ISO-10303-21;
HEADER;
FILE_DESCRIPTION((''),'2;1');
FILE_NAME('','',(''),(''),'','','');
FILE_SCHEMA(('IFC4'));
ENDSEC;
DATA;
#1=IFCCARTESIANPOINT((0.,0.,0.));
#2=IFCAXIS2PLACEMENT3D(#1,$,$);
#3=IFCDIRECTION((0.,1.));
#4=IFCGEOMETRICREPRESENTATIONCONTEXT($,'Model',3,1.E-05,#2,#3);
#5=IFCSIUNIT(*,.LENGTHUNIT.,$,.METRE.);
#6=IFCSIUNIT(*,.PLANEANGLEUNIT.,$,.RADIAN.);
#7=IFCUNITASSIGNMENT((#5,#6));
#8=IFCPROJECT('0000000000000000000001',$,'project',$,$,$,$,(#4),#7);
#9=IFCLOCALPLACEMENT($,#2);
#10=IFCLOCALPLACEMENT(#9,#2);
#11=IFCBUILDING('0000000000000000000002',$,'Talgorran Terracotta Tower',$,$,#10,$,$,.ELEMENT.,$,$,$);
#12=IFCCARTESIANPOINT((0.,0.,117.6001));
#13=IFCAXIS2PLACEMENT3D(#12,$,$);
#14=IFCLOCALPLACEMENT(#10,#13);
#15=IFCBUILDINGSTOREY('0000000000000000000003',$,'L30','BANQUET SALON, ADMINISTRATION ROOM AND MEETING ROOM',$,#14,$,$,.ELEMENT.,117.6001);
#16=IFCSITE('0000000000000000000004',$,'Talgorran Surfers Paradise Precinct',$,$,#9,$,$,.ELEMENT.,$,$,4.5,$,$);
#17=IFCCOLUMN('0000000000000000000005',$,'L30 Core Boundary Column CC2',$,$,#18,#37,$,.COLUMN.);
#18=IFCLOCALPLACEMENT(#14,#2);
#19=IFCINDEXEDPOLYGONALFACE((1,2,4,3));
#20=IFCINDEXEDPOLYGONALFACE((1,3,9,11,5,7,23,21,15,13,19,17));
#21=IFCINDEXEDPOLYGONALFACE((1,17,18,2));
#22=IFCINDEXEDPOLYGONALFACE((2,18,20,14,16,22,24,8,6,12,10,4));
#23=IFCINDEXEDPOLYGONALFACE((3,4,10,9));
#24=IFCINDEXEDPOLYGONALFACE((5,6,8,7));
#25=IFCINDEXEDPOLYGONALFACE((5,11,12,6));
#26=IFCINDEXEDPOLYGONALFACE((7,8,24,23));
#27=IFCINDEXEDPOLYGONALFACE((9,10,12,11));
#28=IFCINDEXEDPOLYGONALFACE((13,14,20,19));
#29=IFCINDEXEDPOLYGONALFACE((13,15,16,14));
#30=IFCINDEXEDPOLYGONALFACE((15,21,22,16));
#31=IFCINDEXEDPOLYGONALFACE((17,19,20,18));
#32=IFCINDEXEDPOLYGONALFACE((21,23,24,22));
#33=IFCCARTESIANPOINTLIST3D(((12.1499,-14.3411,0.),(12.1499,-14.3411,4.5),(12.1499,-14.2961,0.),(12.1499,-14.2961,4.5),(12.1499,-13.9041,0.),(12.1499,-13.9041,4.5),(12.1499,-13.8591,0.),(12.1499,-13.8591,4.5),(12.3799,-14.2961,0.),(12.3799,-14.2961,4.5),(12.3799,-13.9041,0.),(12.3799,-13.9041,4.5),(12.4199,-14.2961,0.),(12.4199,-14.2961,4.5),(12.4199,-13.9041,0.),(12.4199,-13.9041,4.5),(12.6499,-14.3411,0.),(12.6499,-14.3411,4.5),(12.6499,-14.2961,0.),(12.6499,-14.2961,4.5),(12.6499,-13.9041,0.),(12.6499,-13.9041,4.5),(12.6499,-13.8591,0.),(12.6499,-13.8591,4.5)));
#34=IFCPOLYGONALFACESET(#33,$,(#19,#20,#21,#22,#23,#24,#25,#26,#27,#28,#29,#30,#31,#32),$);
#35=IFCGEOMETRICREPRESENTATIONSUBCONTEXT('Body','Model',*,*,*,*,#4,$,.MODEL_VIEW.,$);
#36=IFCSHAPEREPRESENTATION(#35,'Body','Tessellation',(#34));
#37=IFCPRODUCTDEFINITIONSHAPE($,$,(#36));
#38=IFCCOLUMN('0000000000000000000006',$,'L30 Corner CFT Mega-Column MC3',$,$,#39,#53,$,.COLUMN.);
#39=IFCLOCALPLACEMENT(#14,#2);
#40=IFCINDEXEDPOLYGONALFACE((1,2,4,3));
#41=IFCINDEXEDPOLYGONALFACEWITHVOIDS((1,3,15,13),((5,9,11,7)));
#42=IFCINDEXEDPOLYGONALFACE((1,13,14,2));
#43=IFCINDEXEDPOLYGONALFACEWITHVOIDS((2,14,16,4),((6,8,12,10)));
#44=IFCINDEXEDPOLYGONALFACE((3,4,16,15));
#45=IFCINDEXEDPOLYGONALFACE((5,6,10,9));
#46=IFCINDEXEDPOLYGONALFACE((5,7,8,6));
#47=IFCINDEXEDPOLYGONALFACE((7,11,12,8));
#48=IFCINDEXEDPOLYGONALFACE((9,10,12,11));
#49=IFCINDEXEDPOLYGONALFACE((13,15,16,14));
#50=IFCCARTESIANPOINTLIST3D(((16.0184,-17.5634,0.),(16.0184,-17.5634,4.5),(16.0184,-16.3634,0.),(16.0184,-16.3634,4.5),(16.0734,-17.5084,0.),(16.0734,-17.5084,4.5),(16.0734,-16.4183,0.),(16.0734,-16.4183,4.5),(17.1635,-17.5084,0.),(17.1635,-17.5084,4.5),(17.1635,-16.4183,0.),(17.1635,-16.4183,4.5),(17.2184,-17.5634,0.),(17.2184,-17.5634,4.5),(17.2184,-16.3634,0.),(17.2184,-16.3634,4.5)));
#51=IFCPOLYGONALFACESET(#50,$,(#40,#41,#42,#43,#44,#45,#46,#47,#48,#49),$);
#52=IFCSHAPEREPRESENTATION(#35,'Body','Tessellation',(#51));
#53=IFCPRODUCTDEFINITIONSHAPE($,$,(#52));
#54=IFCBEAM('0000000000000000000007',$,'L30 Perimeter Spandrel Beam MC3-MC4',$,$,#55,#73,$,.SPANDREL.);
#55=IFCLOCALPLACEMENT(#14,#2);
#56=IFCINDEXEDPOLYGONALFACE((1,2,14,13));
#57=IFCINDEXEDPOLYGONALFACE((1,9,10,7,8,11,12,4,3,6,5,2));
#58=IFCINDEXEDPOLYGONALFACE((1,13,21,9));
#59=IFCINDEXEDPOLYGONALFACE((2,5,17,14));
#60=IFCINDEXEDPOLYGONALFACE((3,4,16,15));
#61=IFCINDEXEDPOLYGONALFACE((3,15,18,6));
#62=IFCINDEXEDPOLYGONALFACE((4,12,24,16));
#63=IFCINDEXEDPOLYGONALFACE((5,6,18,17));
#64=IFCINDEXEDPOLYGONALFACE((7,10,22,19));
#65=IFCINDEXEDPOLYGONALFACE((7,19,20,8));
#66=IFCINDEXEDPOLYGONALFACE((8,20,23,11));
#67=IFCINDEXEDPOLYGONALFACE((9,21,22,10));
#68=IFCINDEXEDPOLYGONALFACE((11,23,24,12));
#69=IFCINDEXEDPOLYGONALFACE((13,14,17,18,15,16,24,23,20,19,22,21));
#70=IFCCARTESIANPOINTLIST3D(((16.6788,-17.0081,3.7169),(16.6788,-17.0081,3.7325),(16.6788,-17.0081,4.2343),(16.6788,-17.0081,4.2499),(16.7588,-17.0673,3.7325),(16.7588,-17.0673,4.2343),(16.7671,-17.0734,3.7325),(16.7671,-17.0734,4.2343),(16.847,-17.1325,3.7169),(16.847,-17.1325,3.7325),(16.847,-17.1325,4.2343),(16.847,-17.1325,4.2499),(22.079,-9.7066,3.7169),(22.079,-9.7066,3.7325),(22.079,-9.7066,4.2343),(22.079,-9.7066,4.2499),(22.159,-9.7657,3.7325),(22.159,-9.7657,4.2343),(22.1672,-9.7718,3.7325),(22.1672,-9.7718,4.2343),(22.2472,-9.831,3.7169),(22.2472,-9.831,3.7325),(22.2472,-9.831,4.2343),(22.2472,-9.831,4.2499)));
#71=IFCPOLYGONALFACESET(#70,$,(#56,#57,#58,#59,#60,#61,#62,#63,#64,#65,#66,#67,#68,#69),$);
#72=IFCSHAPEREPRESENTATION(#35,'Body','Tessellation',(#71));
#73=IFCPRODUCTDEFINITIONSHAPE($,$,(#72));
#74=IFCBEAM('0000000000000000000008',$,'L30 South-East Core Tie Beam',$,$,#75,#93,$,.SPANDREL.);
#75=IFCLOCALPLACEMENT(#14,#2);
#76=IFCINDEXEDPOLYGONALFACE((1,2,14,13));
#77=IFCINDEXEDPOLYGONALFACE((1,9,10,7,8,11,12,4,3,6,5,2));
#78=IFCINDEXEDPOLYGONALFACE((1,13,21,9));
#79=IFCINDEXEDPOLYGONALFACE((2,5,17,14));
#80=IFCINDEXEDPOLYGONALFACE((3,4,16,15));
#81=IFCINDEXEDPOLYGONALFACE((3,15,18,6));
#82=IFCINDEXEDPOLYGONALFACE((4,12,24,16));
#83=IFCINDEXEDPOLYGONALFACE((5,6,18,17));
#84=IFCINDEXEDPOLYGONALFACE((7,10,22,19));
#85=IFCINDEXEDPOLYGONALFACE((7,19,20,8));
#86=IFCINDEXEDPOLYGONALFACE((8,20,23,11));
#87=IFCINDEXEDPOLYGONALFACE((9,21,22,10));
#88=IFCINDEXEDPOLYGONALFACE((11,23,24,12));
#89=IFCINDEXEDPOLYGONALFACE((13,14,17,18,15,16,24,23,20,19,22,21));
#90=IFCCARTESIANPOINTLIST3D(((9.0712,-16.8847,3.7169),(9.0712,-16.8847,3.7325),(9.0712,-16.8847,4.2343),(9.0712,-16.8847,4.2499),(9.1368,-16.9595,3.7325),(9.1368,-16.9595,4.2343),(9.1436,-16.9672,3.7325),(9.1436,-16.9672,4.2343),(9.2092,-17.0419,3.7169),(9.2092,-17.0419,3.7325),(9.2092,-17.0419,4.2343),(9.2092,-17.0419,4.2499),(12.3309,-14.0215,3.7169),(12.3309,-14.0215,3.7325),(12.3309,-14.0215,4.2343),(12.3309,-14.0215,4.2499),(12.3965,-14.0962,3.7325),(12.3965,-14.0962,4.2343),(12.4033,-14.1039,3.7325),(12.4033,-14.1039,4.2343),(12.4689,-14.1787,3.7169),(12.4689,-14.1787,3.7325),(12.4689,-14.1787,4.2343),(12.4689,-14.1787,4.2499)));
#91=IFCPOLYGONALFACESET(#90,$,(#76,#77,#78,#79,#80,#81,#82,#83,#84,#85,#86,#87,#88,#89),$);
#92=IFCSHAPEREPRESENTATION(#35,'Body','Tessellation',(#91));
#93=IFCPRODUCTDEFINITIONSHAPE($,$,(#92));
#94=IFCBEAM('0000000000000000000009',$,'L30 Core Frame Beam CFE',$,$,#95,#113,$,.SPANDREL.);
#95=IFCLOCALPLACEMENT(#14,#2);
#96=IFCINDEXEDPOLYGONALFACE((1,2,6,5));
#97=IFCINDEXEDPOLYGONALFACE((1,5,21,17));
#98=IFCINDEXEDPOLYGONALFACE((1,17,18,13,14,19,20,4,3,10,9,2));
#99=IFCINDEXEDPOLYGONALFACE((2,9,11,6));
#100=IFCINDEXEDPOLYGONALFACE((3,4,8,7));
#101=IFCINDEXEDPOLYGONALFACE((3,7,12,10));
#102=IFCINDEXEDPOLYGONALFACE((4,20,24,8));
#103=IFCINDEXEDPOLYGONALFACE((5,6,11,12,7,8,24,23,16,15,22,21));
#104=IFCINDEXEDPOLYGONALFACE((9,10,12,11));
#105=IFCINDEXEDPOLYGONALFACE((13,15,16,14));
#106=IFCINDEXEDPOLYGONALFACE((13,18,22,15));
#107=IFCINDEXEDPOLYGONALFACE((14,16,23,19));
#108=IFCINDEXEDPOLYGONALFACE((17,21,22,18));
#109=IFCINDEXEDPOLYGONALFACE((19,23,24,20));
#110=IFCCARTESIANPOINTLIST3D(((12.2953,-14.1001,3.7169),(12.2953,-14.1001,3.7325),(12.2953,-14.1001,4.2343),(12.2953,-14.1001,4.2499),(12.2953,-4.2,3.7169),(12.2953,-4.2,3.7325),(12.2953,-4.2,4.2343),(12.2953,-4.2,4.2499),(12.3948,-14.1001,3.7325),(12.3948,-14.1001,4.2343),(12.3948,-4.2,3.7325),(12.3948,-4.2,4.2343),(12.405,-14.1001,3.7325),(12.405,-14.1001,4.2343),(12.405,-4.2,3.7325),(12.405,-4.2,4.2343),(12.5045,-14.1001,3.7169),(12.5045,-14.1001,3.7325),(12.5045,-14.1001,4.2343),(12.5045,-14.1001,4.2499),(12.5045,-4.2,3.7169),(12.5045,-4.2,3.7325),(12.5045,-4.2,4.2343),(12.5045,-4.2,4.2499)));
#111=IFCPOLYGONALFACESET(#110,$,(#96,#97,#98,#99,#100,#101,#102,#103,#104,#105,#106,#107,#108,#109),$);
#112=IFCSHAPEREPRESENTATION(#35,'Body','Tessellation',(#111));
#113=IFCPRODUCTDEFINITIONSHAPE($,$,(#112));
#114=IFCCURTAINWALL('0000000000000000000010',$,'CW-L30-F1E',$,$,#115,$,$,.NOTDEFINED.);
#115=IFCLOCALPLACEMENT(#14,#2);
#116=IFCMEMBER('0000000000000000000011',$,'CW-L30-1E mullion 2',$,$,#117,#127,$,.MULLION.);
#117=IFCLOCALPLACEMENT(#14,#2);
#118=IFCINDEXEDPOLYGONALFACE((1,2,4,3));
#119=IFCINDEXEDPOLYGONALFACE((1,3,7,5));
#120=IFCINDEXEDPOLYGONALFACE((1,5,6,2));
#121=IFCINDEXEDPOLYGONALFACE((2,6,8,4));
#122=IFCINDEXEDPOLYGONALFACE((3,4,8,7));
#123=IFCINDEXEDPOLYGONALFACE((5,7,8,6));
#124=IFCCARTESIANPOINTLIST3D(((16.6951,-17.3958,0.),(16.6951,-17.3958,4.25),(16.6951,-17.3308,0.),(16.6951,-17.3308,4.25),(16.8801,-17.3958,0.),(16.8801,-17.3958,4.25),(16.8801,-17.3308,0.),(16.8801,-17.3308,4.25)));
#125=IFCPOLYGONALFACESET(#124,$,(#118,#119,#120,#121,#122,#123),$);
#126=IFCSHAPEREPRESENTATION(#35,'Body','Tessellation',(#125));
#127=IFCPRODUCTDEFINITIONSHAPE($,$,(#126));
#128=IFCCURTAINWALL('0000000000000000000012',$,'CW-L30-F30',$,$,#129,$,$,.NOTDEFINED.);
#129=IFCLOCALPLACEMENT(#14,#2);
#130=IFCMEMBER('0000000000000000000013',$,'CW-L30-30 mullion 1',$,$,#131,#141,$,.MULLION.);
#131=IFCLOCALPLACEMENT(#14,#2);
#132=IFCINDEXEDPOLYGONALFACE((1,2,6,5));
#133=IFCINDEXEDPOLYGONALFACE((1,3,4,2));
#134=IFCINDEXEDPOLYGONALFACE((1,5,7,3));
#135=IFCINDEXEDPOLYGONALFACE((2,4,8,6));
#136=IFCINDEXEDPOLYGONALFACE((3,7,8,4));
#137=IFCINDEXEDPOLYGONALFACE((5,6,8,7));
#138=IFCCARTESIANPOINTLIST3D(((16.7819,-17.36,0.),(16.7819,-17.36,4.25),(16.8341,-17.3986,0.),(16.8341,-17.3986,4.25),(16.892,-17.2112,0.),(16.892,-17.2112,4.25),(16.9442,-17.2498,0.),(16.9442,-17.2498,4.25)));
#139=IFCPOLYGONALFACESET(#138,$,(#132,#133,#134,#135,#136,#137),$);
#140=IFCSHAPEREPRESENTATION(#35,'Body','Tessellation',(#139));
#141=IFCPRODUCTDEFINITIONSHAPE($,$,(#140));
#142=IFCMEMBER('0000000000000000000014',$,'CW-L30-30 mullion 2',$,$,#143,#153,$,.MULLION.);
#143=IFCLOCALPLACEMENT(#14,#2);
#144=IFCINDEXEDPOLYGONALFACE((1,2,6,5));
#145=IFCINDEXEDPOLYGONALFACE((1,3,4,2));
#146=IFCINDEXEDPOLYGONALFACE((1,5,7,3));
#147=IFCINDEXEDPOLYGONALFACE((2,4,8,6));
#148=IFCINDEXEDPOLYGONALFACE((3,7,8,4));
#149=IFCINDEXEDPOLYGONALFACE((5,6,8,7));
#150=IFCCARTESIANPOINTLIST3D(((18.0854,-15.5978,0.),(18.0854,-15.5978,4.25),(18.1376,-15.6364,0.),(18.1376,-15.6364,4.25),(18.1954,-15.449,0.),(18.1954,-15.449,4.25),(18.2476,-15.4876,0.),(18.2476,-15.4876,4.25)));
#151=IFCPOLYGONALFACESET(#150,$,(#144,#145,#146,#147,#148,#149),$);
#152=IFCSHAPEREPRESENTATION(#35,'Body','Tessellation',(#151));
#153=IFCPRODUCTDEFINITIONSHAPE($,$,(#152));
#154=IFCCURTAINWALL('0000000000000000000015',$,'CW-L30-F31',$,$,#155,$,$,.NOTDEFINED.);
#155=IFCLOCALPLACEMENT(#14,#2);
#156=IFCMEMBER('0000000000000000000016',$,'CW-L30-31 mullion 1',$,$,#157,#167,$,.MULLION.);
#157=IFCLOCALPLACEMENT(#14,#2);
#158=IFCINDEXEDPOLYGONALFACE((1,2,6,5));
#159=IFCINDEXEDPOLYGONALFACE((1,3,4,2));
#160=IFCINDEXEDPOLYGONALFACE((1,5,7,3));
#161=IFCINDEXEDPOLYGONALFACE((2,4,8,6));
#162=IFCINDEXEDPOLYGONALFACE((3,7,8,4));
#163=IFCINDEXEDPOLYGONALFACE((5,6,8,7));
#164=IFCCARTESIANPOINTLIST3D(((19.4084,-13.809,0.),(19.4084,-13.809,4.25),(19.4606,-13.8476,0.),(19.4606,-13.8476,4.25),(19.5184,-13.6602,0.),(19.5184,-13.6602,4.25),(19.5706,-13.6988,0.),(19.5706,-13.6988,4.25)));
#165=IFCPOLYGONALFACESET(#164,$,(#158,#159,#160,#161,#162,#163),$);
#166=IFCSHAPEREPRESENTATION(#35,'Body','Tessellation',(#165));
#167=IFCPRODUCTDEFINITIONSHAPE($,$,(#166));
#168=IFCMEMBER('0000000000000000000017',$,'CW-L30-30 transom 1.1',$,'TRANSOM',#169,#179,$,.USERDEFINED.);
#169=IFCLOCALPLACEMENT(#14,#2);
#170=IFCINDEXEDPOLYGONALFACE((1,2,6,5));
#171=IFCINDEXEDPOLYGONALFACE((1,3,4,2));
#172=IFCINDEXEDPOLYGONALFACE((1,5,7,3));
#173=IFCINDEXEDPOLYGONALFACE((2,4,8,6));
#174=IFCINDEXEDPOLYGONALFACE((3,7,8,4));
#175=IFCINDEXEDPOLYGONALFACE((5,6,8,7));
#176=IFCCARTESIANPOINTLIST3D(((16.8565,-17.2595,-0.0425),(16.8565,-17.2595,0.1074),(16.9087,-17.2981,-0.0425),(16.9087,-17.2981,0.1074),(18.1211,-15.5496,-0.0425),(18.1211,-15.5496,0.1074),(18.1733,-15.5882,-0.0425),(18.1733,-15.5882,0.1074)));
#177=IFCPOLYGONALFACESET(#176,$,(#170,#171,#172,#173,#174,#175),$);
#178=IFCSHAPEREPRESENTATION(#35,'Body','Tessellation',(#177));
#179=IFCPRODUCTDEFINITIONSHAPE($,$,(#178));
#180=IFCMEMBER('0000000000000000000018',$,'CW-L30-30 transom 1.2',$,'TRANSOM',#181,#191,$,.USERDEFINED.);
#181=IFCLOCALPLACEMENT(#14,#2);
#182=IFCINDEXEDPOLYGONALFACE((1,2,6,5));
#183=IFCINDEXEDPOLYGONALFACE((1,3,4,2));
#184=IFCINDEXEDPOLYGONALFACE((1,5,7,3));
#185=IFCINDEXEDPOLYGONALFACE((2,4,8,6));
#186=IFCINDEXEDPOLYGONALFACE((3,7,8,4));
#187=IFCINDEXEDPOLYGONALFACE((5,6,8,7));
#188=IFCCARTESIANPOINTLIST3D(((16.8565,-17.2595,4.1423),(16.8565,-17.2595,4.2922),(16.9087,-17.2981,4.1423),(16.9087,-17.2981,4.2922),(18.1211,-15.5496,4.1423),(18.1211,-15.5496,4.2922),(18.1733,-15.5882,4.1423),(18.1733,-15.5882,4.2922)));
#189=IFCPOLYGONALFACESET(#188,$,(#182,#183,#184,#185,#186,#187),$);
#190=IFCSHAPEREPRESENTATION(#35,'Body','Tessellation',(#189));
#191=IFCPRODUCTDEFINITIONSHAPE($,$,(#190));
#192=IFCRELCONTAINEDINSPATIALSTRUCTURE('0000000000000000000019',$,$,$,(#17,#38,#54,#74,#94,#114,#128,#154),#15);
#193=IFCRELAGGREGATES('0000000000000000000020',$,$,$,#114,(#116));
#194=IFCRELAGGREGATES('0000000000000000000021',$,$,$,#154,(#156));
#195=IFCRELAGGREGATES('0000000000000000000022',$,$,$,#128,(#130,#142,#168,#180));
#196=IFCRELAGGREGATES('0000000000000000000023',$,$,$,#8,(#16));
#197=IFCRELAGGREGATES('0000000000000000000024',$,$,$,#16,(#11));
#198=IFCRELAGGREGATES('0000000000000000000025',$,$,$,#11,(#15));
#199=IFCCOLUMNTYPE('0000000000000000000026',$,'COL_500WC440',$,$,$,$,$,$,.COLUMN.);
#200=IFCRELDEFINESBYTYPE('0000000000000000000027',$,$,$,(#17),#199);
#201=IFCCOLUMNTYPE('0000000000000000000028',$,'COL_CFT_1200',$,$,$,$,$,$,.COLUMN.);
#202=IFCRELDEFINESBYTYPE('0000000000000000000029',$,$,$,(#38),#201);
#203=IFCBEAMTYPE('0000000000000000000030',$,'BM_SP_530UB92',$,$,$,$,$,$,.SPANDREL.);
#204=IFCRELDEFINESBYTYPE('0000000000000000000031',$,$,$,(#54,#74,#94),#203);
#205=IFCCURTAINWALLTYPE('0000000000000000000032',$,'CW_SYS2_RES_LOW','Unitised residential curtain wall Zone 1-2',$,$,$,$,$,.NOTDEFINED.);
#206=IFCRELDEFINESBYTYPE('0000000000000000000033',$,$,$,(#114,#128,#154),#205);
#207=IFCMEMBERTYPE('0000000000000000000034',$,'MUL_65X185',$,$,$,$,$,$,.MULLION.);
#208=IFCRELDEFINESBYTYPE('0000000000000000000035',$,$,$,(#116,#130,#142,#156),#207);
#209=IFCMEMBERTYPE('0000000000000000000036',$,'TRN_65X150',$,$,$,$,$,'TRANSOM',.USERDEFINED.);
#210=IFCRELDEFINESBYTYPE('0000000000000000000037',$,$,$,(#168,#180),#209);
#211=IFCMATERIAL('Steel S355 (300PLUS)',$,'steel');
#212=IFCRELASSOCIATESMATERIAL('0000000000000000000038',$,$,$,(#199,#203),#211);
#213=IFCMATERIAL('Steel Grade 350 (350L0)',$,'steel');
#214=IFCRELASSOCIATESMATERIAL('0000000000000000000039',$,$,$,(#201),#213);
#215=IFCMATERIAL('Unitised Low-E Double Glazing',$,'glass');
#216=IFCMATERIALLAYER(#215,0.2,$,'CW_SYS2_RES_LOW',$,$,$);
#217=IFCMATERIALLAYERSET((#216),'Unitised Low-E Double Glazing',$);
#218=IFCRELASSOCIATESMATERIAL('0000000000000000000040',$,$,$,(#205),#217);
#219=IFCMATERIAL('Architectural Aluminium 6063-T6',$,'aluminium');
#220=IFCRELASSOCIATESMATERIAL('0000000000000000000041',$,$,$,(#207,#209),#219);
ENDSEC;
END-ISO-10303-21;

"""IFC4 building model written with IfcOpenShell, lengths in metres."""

from ifc_helpers import new_model, si_unit, direction, frame, origin, origin_2d, place, context, subcontext, project, spatial, rectangle, hollow_rectangle, i_section, extrude, material, layer, layer_set, material_profile, profile_set, type_object, element, aggregate, save


model = new_model("IFC4")

# Units and contexts
model_context = context("Model", 3, precision=1e-05, world=origin(), true_north=direction((0.0, 1.0)))
body_context = subcontext(model_context, "Body", "Model", "MODEL_VIEW")
ifc_project = project(units=[si_unit("LENGTHUNIT", "METRE"), si_unit("PLANEANGLEUNIT", "RADIAN")], contexts=[model_context])

# Site, building, storey
site_placement = place(None, origin())
site = spatial("IfcSite", under=ifc_project, at=site_placement, Name="Talgorran Surfers Paradise Precinct", CompositionType="ELEMENT", RefElevation=4.5)
building_placement = place(site_placement, origin())
building = spatial("IfcBuilding", under=site, at=building_placement, Name="Talgorran Terracotta Tower", CompositionType="ELEMENT")
storey_placement = place(building_placement, frame((0.0, 0.0, 117.6001)))
storey = spatial("IfcBuildingStorey", under=building, at=storey_placement, Name="L30", Description="BANQUET SALON, ADMINISTRATION ROOM AND MEETING ROOM", CompositionType="ELEMENT", Elevation=117.6001)

# Columns
ifc_material_1 = material(Name="Steel S355 (300PLUS)", Category="steel")
ifc_material_profile_1 = material_profile(ifc_material_1, i_section(OverallWidth=0.5, OverallDepth=0.4819, WebThickness=0.04, FlangeThickness=0.0449, at=origin_2d()), Name="500WC440")
ifc_profile_set_1 = profile_set([ifc_material_profile_1], Name="Steel S355 (300PLUS)")
column_type_1 = type_object("IfcColumnType", Name="COL_500WC440", PredefinedType="COLUMN", material=ifc_profile_set_1)
column_1_placement = place(storey_placement, frame((12.3999, -14.1001, 0.0), z_axis=(0.0, 0.0, 1.0), x_axis=(1.0, 0.0, 0.0)))
element("IfcColumn", 1, at=column_1_placement, inside=storey, type_object=column_type_1, Name="L30 Core Boundary Column CC2", PredefinedType="COLUMN", context=body_context, shape_type="SweptSolid", body=[
    extrude(i_section(OverallWidth=0.5, OverallDepth=0.4819, WebThickness=0.04, FlangeThickness=0.0449, at=origin_2d()), origin(), (0.0, 0.0, 1.0), 4.5),
])
ifc_material_2 = material(Name="Steel Grade 350 (350L0)", Category="steel")
ifc_material_profile_2 = material_profile(ifc_material_2, hollow_rectangle(XDim=1.2, YDim=1.2, WallThickness=0.0549, at=origin_2d()), Name="CFT1200X1200X55")
ifc_profile_set_2 = profile_set([ifc_material_profile_2], Name="Steel Grade 350 (350L0)")
column_type_2 = type_object("IfcColumnType", Name="COL_CFT_1200", PredefinedType="COLUMN", material=ifc_profile_set_2)
column_2_placement = place(storey_placement, frame((16.6184, -16.9634, 0.0), z_axis=(0.0, 0.0, 1.0), x_axis=(1.0, 0.0, 0.0)))
element("IfcColumn", 2, at=column_2_placement, inside=storey, type_object=column_type_2, Name="L30 Corner CFT Mega-Column MC3", PredefinedType="COLUMN", context=body_context, shape_type="SweptSolid", body=[
    extrude(hollow_rectangle(XDim=1.2, YDim=1.2, WallThickness=0.0549, at=origin_2d()), origin(), (0.0, 0.0, 1.0), 4.5),
])

# Beams
ifc_material_profile_3 = material_profile(ifc_material_1, i_section(OverallWidth=0.2092, OverallDepth=0.533, WebThickness=0.0103, FlangeThickness=0.0156, at=origin_2d()), Name="530UB92.4")
ifc_profile_set_3 = profile_set([ifc_material_profile_3], Name="Steel S355 (300PLUS)")
beam_type = type_object("IfcBeamType", Name="BM_SP_530UB92", PredefinedType="SPANDREL", material=ifc_profile_set_3)
beam_1_placement = place(storey_placement, frame((16.7629, -17.0703, 3.9834), z_axis=(0.594631, 0.803998, 0.0), x_axis=(-0.803998, 0.594631, 0.0)))
element("IfcBeam", 3, at=beam_1_placement, inside=storey, type_object=beam_type, Name="L30 Perimeter Spandrel Beam MC3-MC4", PredefinedType="SPANDREL", context=body_context, shape_type="SweptSolid", body=[
    extrude(i_section(OverallWidth=0.2092, OverallDepth=0.533, WebThickness=0.0103, FlangeThickness=0.0156, at=origin_2d()), origin(), (0.0, 0.0, 1.0), 9.0815),
])
beam_2_placement = place(storey_placement, frame((12.3999, -14.1001, 3.9834), z_axis=(-0.75132, -0.659938, 0.0), x_axis=(0.659938, -0.75132, 0.0)))
element("IfcBeam", 4, at=beam_2_placement, inside=storey, type_object=beam_type, Name="L30 South-East Core Tie Beam", PredefinedType="SPANDREL", context=body_context, shape_type="SweptSolid", body=[
    extrude(i_section(OverallWidth=0.2092, OverallDepth=0.533, WebThickness=0.0103, FlangeThickness=0.0156, at=origin_2d()), origin(), (0.0, 0.0, 1.0), 4.3386),
])
beam_3_placement = place(storey_placement, frame((12.3999, -14.1001, 3.9834), z_axis=(0.0, 1.0, 0.0), x_axis=(-1.0, 0.0, 0.0)))
element("IfcBeam", 5, at=beam_3_placement, inside=storey, type_object=beam_type, Name="L30 Core Frame Beam CFE", PredefinedType="SPANDREL", context=body_context, shape_type="SweptSolid", body=[
    extrude(i_section(OverallWidth=0.2092, OverallDepth=0.533, WebThickness=0.0103, FlangeThickness=0.0156, at=origin_2d()), origin(), (0.0, 0.0, 1.0), 9.9001),
])

# Curtain wall, member
ifc_material_3 = material(Name="Unitised Low-E Double Glazing", Category="glass")
ifc_layer_1 = layer(ifc_material_3, 0.2, Name="CW_SYS2_RES_LOW")
ifc_layer_set_1 = layer_set([ifc_layer_1], Name="Unitised Low-E Double Glazing")
curtain_wall_type = type_object("IfcCurtainWallType", Name="CW_SYS2_RES_LOW", Description="Unitised residential curtain wall Zone 1-2", PredefinedType="NOTDEFINED", material=ifc_layer_set_1)
curtain_wall_1_placement = place(storey_placement, origin())
curtain_wall_1 = element("IfcCurtainWall", 6, at=curtain_wall_1_placement, inside=storey, type_object=curtain_wall_type, Name="CW-L30-F1E", PredefinedType="NOTDEFINED")
ifc_material_4 = material(Name="Architectural Aluminium 6063-T6", Category="aluminium")
ifc_material_profile_4 = material_profile(ifc_material_4, rectangle(XDim=0.0649, YDim=0.1851, at=origin_2d()), Name="CWM65X185")
ifc_profile_set_4 = profile_set([ifc_material_profile_4], Name="Architectural Aluminium 6063-T6")
member_type_1 = type_object("IfcMemberType", Name="MUL_65X185", PredefinedType="MULLION", material=ifc_profile_set_4)
member_1_placement = place(storey_placement, frame((16.7876, -17.3633, 0.0), z_axis=(0.0, 0.0, 1.0), x_axis=(0.0, 1.0, 0.0)))
member_1 = element("IfcMember", 7, at=member_1_placement, type_object=member_type_1, Name="CW-L30-1E mullion 2", PredefinedType="MULLION", context=body_context, shape_type="SweptSolid", body=[
    extrude(rectangle(XDim=0.0649, YDim=0.1851, at=origin_2d()), origin(), (0.0, 0.0, 1.0), 4.25),
])
aggregate(curtain_wall_1, [member_1])

# Curtain wall, members
curtain_wall_2_placement = place(storey_placement, origin())
curtain_wall_2 = element("IfcCurtainWall", 8, at=curtain_wall_2_placement, inside=storey, type_object=curtain_wall_type, Name="CW-L30-F30", PredefinedType="NOTDEFINED")
member_2_placement = place(storey_placement, frame((16.863, -17.3049, 0.0), z_axis=(0.0, 0.0, 1.0), x_axis=(-0.803997, 0.594634, 0.0)))
member_2 = element("IfcMember", 9, at=member_2_placement, type_object=member_type_1, Name="CW-L30-30 mullion 1", PredefinedType="MULLION", context=body_context, shape_type="SweptSolid", body=[
    extrude(rectangle(XDim=0.0649, YDim=0.1851, at=origin_2d()), origin(), (0.0, 0.0, 1.0), 4.25),
])
member_3_placement = place(storey_placement, frame((18.1665, -15.5427, 0.0), z_axis=(0.0, 0.0, 1.0), x_axis=(-0.803997, 0.594634, 0.0)))
member_3 = element("IfcMember", 10, at=member_3_placement, type_object=member_type_1, Name="CW-L30-30 mullion 2", PredefinedType="MULLION", context=body_context, shape_type="SweptSolid", body=[
    extrude(rectangle(XDim=0.0649, YDim=0.1851, at=origin_2d()), origin(), (0.0, 0.0, 1.0), 4.25),
])

# Curtain wall, member
curtain_wall_3_placement = place(storey_placement, origin())
curtain_wall_3 = element("IfcCurtainWall", 11, at=curtain_wall_3_placement, inside=storey, type_object=curtain_wall_type, Name="CW-L30-F31", PredefinedType="NOTDEFINED")
member_4_placement = place(storey_placement, frame((19.4895, -13.7539, 0.0), z_axis=(0.0, 0.0, 1.0), x_axis=(-0.803989, 0.594644, 0.0)))
member_4 = element("IfcMember", 12, at=member_4_placement, type_object=member_type_1, Name="CW-L30-31 mullion 1", PredefinedType="MULLION", context=body_context, shape_type="SweptSolid", body=[
    extrude(rectangle(XDim=0.0649, YDim=0.1851, at=origin_2d()), origin(), (0.0, 0.0, 1.0), 4.25),
])

# Members
ifc_material_profile_5 = material_profile(ifc_material_4, rectangle(XDim=0.0649, YDim=0.1499, at=origin_2d()), Name="CWT65X150")
ifc_profile_set_5 = profile_set([ifc_material_profile_5], Name="Architectural Aluminium 6063-T6")
member_type_2 = type_object("IfcMemberType", Name="TRN_65X150", ElementType="TRANSOM", PredefinedType="USERDEFINED", material=ifc_profile_set_5)
member_5_placement = place(storey_placement, frame((16.8826, -17.2788, 0.0325), z_axis=(0.594623, 0.804004, 0.0), x_axis=(-0.804004, 0.594623, 0.0)))
member_5 = element("IfcMember", 13, at=member_5_placement, type_object=member_type_2, Name="CW-L30-30 transom 1.1", ObjectType="TRANSOM", PredefinedType="USERDEFINED", context=body_context, shape_type="SweptSolid", body=[
    extrude(rectangle(XDim=0.0649, YDim=0.1499, at=origin_2d()), origin(), (0.0, 0.0, 1.0), 2.1267),
])
member_6_placement = place(storey_placement, frame((16.8826, -17.2788, 4.2173), z_axis=(0.594623, 0.804004, 0.0), x_axis=(-0.804004, 0.594623, 0.0)))
member_6 = element("IfcMember", 14, at=member_6_placement, type_object=member_type_2, Name="CW-L30-30 transom 1.2", ObjectType="TRANSOM", PredefinedType="USERDEFINED", context=body_context, shape_type="SweptSolid", body=[
    extrude(rectangle(XDim=0.0649, YDim=0.1499, at=origin_2d()), origin(), (0.0, 0.0, 1.0), 2.1267),
])
aggregate(curtain_wall_3, [member_4])

aggregate(curtain_wall_2, [member_2, member_3, member_5, member_6])

save(model, "model.ifc")
